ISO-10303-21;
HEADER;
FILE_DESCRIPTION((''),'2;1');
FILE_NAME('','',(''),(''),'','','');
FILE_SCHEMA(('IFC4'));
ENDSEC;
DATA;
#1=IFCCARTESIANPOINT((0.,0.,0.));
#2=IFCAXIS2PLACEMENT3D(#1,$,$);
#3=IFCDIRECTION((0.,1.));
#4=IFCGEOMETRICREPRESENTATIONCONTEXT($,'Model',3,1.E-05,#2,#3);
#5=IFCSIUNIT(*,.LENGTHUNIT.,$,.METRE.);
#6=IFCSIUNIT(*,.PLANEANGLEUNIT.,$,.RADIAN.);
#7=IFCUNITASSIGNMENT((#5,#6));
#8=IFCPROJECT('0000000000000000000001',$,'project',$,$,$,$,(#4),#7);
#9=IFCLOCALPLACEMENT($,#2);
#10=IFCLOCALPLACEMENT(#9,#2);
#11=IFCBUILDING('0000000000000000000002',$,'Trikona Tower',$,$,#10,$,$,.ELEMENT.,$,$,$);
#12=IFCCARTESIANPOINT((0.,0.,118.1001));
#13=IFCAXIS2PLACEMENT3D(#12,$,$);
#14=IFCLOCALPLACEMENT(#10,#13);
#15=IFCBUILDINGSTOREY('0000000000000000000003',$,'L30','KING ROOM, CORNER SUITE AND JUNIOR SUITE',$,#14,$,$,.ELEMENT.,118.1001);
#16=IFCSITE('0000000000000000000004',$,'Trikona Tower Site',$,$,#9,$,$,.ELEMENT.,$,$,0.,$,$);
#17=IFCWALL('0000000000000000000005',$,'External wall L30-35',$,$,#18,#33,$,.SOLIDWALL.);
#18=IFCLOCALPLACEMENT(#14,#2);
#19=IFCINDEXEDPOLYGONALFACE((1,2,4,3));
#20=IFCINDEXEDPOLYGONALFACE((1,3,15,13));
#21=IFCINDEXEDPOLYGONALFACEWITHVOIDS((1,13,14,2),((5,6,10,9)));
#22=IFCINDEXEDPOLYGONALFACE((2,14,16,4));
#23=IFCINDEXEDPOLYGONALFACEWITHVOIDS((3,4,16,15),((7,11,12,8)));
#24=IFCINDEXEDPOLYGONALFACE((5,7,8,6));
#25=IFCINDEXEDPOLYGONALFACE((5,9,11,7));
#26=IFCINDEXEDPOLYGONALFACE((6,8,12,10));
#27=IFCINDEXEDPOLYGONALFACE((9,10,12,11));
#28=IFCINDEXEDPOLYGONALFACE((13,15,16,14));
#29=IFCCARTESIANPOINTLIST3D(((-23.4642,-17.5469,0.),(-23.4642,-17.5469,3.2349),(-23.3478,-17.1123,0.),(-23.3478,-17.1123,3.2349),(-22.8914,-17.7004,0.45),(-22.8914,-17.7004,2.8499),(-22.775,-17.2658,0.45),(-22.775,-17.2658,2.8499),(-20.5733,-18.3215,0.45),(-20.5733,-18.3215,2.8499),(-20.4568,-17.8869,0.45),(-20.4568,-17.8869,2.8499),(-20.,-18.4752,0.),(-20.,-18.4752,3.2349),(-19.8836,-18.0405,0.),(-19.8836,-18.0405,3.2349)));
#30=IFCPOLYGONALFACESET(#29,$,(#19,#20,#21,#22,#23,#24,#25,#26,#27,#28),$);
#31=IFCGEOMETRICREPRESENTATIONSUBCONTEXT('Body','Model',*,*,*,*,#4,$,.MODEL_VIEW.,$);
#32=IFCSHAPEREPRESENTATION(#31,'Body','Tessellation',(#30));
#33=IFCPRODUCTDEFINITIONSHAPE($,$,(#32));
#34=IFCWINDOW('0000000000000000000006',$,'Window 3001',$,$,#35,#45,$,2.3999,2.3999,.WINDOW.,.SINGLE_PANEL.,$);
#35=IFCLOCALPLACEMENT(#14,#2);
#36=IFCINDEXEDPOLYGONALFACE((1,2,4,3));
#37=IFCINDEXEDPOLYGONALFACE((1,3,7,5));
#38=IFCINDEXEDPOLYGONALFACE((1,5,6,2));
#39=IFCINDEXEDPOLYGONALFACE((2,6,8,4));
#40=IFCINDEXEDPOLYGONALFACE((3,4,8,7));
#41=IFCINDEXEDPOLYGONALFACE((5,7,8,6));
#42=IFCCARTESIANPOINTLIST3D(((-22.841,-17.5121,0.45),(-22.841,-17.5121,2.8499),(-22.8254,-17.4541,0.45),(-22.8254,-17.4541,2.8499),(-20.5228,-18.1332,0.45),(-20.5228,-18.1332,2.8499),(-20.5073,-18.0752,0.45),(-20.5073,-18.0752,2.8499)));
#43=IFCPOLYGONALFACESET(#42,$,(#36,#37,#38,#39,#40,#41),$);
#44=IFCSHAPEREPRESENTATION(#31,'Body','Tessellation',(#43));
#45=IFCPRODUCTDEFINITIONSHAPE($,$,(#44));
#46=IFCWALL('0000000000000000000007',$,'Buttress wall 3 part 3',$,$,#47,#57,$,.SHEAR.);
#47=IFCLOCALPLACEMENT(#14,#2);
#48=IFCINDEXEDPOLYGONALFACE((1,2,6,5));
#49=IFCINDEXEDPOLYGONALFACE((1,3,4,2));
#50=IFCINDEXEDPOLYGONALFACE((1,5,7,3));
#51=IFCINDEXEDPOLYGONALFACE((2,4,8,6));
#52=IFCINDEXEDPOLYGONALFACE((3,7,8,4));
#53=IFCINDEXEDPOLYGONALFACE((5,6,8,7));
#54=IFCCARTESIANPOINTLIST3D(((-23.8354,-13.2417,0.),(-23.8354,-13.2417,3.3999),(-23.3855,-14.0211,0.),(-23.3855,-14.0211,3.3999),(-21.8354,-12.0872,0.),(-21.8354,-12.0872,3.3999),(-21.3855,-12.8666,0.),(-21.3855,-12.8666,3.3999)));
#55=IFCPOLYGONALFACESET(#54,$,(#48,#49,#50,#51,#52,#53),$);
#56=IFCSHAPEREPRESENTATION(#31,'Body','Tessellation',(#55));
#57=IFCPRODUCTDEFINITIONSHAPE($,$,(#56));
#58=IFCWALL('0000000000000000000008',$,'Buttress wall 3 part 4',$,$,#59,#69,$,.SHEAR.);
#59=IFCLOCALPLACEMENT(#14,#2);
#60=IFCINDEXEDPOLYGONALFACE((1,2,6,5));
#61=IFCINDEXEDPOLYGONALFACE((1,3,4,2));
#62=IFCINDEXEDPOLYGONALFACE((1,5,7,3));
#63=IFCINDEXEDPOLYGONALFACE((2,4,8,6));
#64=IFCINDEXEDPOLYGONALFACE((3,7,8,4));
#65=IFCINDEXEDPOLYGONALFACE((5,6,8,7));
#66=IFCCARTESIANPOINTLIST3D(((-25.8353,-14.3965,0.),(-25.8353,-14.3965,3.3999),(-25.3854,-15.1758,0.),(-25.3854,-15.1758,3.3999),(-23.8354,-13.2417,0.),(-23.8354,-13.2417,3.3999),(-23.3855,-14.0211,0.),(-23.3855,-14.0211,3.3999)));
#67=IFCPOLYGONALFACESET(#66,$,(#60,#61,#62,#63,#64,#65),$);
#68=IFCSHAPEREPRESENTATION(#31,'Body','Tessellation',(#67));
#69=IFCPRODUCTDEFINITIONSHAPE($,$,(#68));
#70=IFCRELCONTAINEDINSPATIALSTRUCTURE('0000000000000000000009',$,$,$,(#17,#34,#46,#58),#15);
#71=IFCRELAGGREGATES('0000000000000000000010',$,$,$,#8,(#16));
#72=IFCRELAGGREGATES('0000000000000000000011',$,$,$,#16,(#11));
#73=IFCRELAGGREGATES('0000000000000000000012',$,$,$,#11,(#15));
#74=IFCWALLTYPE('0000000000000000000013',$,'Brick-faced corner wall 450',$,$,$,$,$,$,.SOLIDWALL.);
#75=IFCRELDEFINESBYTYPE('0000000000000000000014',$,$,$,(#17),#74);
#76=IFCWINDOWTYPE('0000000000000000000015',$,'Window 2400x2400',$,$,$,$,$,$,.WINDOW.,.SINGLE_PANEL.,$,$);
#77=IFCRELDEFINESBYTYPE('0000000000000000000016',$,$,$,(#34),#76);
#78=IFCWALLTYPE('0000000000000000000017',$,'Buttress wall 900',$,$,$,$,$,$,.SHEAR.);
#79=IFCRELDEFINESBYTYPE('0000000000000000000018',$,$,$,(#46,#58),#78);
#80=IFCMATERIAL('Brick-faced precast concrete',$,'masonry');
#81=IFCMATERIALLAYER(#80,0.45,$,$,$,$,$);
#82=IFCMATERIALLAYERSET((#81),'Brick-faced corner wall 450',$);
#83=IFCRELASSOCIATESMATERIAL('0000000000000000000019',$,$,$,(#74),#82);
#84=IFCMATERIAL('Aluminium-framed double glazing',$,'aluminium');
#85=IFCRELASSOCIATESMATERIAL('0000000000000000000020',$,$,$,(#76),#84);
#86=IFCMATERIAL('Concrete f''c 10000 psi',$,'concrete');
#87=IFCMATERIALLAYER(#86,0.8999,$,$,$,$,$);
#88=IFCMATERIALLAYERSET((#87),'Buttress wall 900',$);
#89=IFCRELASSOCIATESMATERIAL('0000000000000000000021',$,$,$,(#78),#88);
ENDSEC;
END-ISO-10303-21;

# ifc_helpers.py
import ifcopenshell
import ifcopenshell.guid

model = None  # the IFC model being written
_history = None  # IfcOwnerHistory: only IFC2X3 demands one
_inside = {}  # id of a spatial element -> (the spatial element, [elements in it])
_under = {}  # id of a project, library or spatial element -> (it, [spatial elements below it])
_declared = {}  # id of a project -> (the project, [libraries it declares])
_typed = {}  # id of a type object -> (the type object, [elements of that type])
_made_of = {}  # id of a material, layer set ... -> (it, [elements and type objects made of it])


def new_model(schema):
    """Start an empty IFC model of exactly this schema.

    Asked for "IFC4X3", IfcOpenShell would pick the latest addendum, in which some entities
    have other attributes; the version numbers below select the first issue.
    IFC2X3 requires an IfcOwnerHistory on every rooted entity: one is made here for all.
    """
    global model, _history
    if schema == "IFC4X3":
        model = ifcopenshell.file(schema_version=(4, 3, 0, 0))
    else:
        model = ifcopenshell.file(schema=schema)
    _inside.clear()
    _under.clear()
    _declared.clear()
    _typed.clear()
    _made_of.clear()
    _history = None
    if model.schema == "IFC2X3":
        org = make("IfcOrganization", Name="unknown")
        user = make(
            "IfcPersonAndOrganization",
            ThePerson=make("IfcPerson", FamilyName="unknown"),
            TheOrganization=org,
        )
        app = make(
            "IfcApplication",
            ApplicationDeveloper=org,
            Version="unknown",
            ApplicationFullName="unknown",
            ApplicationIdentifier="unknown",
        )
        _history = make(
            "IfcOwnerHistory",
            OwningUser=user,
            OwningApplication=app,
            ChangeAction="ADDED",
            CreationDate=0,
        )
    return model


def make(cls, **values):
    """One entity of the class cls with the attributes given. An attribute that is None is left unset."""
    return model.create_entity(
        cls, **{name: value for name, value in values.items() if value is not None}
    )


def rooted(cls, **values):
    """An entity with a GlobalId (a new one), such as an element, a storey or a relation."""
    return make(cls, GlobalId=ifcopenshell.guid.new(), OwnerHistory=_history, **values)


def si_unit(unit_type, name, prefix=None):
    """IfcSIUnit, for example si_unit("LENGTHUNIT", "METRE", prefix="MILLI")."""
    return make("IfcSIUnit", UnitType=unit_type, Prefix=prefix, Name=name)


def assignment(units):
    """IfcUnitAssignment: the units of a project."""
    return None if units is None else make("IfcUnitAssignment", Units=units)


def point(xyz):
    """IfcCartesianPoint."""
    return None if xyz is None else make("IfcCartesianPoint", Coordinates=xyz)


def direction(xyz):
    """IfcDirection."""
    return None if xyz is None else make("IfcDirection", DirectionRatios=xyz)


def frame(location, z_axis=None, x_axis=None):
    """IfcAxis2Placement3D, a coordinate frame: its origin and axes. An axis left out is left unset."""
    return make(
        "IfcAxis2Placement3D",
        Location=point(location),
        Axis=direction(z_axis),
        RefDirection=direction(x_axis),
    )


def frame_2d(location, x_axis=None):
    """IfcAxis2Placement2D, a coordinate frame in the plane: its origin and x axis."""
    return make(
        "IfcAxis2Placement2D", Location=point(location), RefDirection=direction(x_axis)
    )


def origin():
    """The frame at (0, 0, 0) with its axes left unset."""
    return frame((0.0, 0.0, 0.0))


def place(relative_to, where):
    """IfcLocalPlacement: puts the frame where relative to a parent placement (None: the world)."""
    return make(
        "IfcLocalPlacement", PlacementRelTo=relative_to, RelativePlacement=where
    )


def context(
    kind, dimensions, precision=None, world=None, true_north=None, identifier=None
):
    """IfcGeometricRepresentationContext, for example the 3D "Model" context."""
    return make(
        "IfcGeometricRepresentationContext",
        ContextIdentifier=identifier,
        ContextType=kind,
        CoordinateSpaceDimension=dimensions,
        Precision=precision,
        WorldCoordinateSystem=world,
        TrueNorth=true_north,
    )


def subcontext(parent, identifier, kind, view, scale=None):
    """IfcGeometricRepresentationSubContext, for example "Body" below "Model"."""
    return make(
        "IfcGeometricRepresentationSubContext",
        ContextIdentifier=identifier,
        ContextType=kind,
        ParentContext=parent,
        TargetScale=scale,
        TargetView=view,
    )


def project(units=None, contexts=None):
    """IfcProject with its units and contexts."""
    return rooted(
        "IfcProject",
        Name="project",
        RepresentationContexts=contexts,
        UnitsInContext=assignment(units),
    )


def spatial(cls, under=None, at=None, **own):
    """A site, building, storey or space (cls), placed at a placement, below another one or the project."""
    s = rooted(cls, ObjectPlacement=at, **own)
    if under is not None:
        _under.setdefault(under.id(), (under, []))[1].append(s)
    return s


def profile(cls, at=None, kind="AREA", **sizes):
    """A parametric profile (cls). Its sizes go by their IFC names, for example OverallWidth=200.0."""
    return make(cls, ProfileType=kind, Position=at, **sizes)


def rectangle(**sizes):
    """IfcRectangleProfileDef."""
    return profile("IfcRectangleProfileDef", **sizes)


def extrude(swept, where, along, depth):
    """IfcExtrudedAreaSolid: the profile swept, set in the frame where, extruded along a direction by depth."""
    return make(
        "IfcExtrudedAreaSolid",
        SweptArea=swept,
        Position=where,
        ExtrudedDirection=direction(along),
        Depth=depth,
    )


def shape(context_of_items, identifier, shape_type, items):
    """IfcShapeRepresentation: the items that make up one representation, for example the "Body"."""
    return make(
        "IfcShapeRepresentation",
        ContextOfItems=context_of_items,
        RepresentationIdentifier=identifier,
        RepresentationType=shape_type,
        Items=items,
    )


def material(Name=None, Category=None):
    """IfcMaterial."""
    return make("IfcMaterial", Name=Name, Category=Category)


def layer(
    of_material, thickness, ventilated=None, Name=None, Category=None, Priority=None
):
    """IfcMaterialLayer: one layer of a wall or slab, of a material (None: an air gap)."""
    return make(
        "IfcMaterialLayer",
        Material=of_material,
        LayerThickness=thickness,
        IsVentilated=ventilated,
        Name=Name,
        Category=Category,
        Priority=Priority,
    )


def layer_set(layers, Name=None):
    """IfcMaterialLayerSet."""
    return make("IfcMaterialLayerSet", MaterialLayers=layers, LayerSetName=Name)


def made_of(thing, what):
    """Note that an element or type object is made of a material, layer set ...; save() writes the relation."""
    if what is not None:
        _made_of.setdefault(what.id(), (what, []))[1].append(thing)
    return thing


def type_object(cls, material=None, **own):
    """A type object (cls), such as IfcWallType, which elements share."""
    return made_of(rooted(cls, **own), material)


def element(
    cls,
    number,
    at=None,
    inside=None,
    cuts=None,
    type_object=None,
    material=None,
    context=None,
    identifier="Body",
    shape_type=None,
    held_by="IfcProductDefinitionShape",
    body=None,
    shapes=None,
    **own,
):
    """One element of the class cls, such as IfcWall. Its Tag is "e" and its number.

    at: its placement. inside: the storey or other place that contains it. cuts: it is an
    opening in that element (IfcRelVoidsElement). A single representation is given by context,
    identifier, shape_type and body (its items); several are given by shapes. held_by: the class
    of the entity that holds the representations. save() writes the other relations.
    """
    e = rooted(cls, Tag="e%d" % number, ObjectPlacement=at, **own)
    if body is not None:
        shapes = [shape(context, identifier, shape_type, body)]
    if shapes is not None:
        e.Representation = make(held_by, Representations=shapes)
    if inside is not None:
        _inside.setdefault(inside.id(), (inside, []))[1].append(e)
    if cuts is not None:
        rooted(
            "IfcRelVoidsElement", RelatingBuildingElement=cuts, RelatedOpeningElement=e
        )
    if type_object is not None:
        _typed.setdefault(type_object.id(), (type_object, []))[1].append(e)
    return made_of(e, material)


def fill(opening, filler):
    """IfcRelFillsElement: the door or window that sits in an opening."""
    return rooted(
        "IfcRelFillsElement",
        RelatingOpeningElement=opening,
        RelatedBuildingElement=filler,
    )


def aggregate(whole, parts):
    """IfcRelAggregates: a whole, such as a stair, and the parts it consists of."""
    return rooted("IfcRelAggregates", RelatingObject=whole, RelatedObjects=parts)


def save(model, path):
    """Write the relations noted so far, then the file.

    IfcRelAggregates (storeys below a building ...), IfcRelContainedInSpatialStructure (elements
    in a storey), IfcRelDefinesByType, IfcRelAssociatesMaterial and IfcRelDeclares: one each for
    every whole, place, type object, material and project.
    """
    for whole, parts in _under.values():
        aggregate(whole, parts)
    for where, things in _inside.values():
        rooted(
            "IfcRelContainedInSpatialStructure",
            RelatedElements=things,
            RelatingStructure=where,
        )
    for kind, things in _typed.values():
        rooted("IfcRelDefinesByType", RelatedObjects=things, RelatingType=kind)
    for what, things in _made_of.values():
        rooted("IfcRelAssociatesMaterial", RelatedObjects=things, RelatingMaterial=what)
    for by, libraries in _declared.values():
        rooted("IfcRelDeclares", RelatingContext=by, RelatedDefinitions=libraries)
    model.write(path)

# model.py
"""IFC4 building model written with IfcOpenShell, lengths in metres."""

from ifc_helpers import new_model, si_unit, direction, frame, frame_2d, origin, place, context, subcontext, project, spatial, rectangle, extrude, material, layer, layer_set, type_object, element, fill, save


model = new_model("IFC4")

# Units and contexts
model_context = context("Model", 3, precision=1e-05, world=origin(), true_north=direction((0.0, 1.0)))
body_context = subcontext(model_context, "Body", "Model", "MODEL_VIEW")
ifc_project = project(units=[si_unit("LENGTHUNIT", "METRE"), si_unit("PLANEANGLEUNIT", "RADIAN")], contexts=[model_context])

# Site, building, storey
site_placement = place(None, origin())
site = spatial("IfcSite", under=ifc_project, at=site_placement, Name="Trikona Tower Site", CompositionType="ELEMENT", RefElevation=0.0)
building_placement = place(site_placement, origin())
building = spatial("IfcBuilding", under=site, at=building_placement, Name="Trikona Tower", CompositionType="ELEMENT")
storey_placement = place(building_placement, frame((0.0, 0.0, 118.1001)))
storey = spatial("IfcBuildingStorey", under=building, at=storey_placement, Name="L30", Description="KING ROOM, CORNER SUITE AND JUNIOR SUITE", CompositionType="ELEMENT", Elevation=118.1001)

# Wall, opening, window
ifc_material_1 = material(Name="Brick-faced precast concrete", Category="masonry")
ifc_layer_1 = layer(ifc_material_1, 0.45)
ifc_layer_set_1 = layer_set([ifc_layer_1], Name="Brick-faced corner wall 450")
wall_type_1 = type_object("IfcWallType", Name="Brick-faced corner wall 450", PredefinedType="SOLIDWALL", material=ifc_layer_set_1)
wall_1_placement = place(storey_placement, frame((-23.406, -17.3296, 0.0), z_axis=(0.0, 0.0, 1.0), x_axis=(0.965925, -0.258823, 0.0)))
wall_1 = element("IfcWall", 1, at=wall_1_placement, inside=storey, type_object=wall_type_1, Name="External wall L30-35", PredefinedType="SOLIDWALL", context=body_context, shape_type="SweptSolid", body=[
    extrude(rectangle(XDim=3.5864, YDim=0.45, at=frame_2d((1.7932, 0.0))), origin(), (0.0, 0.0, 1.0), 3.2349),
])
opening_1_placement = place(wall_1_placement, frame((0.593, 0.0, 0.45)))
opening_1 = element("IfcOpeningElement", 2, at=opening_1_placement, cuts=wall_1, PredefinedType="OPENING", context=body_context, shape_type="SweptSolid", body=[
    extrude(rectangle(XDim=2.3999, YDim=2.3999, at=frame_2d((1.2, 1.2))), frame((0.0, 0.2349, 0.0), z_axis=(0.0, -1.0, 0.0), x_axis=(1.0, 0.0, 0.0)), (0.0, 0.0, 1.0), 0.47),
])
ifc_material_2 = material(Name="Aluminium-framed double glazing", Category="aluminium")
window_type_1 = type_object("IfcWindowType", Name="Window 2400x2400", PartitioningType="SINGLE_PANEL", PredefinedType="WINDOW", material=ifc_material_2)
window_1_placement = place(opening_1_placement, origin())
window_1 = element("IfcWindow", 3, at=window_1_placement, inside=storey, type_object=window_type_1, Name="Window 3001", OverallHeight=2.3999, OverallWidth=2.3999, PartitioningType="SINGLE_PANEL", PredefinedType="WINDOW", context=body_context, shape_type="SweptSolid", body=[
    extrude(rectangle(XDim=2.3999, YDim=2.3999, at=frame_2d((1.2, 1.2))), frame((0.0, 0.03, 0.0), z_axis=(0.0, -1.0, 0.0), x_axis=(1.0, 0.0, 0.0)), (0.0, 0.0, 1.0), 0.0601),
])
fill(opening_1, window_1)

# Walls
ifc_material_3 = material(Name="Concrete f'c 10000 psi", Category="concrete")
ifc_layer_2 = layer(ifc_material_3, 0.8999)
ifc_layer_set_2 = layer_set([ifc_layer_2], Name="Buttress wall 900")
wall_type_2 = type_object("IfcWallType", Name="Buttress wall 900", PredefinedType="SHEAR", material=ifc_layer_set_2)
for number, where, z_axis, x_axis, name in (
    (4, (-21.6104, -12.4768, 0.0), (0.0, 0.0, 1.0), (-0.866055, -0.499948, 0.0), "Buttress wall 3 part 3"),
    (5, (-23.6104, -13.6313, 0.0), (0.0, 0.0, 1.0), (-0.86601, -0.500027, 0.0), "Buttress wall 3 part 4"),
):
    element("IfcWall", number, at=place(storey_placement, frame(where, z_axis=z_axis, x_axis=x_axis)), inside=storey, type_object=wall_type_2, Name=name, PredefinedType="SHEAR", context=body_context, shape_type="SweptSolid", body=[
        extrude(rectangle(XDim=2.3093, YDim=0.8999, at=frame_2d((1.1548, 0.0))), origin(), (0.0, 0.0, 1.0), 3.3999),
    ])

save(model, "model.ifc")
